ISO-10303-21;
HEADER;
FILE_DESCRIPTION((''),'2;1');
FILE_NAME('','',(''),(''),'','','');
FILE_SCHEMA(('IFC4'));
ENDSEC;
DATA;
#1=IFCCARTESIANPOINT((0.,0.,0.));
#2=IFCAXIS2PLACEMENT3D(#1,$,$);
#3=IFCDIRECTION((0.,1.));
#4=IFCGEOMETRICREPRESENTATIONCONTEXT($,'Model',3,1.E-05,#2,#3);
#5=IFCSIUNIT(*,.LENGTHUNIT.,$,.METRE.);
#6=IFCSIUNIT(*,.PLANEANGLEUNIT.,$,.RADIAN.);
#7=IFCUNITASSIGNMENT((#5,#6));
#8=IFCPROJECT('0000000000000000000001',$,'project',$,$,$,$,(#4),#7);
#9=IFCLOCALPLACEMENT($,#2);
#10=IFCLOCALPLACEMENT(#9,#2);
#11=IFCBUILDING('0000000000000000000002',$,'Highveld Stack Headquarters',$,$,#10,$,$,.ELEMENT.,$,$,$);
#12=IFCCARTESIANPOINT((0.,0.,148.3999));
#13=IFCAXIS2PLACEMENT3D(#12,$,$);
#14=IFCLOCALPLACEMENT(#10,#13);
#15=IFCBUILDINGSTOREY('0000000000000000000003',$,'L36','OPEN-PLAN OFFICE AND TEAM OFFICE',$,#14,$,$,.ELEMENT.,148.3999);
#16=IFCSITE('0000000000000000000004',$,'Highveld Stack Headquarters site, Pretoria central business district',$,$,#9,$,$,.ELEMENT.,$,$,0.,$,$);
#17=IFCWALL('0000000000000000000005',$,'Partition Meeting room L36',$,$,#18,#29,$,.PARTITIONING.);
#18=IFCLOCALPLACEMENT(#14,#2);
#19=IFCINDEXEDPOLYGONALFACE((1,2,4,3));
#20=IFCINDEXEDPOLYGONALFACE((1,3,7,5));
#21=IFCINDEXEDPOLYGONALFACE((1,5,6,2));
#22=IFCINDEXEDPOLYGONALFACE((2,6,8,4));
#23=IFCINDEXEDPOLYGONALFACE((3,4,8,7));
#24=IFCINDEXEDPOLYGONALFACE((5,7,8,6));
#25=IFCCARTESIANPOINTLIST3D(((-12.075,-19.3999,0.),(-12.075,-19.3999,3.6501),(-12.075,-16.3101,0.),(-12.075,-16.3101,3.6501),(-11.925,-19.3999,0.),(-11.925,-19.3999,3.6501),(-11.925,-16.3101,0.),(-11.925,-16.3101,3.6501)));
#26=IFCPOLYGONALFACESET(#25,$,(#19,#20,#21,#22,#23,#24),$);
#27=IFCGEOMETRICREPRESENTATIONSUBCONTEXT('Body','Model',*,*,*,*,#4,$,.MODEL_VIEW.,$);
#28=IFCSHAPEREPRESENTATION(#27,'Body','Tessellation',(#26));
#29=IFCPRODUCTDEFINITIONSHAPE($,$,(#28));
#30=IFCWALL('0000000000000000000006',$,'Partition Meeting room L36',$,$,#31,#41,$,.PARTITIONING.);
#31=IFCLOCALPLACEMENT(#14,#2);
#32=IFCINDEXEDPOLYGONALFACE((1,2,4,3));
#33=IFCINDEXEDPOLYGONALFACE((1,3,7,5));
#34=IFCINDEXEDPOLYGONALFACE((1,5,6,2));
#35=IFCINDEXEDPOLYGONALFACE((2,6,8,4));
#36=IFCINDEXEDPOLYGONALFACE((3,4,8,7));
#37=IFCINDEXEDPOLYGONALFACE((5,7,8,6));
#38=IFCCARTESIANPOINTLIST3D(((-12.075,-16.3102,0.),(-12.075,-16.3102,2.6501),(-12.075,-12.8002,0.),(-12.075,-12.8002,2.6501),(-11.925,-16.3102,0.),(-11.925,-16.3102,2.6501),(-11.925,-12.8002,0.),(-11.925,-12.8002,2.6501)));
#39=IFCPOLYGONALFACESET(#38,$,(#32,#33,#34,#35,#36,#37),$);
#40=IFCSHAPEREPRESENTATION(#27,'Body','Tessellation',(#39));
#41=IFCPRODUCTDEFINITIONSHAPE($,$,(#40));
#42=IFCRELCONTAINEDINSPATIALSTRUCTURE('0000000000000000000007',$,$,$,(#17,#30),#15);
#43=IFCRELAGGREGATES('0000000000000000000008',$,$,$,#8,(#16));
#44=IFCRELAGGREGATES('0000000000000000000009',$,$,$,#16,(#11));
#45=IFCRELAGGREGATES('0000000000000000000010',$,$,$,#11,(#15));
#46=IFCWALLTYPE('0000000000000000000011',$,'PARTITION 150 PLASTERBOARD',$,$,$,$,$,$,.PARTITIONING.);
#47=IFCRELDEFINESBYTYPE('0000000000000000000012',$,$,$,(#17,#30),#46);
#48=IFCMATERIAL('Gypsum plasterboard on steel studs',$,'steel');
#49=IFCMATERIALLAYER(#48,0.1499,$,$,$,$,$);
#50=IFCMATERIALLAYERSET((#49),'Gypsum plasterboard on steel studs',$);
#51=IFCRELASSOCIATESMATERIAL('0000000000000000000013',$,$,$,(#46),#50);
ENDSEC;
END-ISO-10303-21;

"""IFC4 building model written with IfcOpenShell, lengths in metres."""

from ifc_helpers import new_model, si_unit, direction, frame, frame_2d, origin, place, context, subcontext, project, spatial, rectangle, extrude, material, layer, layer_set, type_object, element, save


model = new_model("IFC4")

# Units and contexts
model_context = context("Model", 3, precision=1e-05, world=origin(), true_north=direction((0.0, 1.0)))
body_context = subcontext(model_context, "Body", "Model", "MODEL_VIEW")
ifc_project = project(units=[si_unit("LENGTHUNIT", "METRE"), si_unit("PLANEANGLEUNIT", "RADIAN")], contexts=[model_context])

# Site, building, storey
site_placement = place(None, origin())
site = spatial("IfcSite", under=ifc_project, at=site_placement, Name="Highveld Stack Headquarters site, Pretoria central business district", CompositionType="ELEMENT", RefElevation=0.0)
building_placement = place(site_placement, origin())
building = spatial("IfcBuilding", under=site, at=building_placement, Name="Highveld Stack Headquarters", CompositionType="ELEMENT")
storey_placement = place(building_placement, frame((0.0, 0.0, 148.3999)))
storey = spatial("IfcBuildingStorey", under=building, at=storey_placement, Name="L36", Description="OPEN-PLAN OFFICE AND TEAM OFFICE", CompositionType="ELEMENT", Elevation=148.3999)

# Walls
ifc_material_1 = material(Name="Gypsum plasterboard on steel studs", Category="steel")
ifc_layer_1 = layer(ifc_material_1, 0.1499)
ifc_layer_set_1 = layer_set([ifc_layer_1], Name="Gypsum plasterboard on steel studs")
wall_type_1 = type_object("IfcWallType", Name="PARTITION 150 PLASTERBOARD", PredefinedType="PARTITIONING", material=ifc_layer_set_1)
wall_1_placement = place(storey_placement, frame((-12.0, -19.3999, 0.0), z_axis=(0.0, 0.0, 1.0), x_axis=(0.0, 1.0, 0.0)))
element("IfcWall", 1, at=wall_1_placement, inside=storey, type_object=wall_type_1, Name="Partition Meeting room L36", PredefinedType="PARTITIONING", context=body_context, shape_type="SweptSolid", body=[
    extrude(rectangle(XDim=3.0898, YDim=0.1499, at=frame_2d((1.5449, 0.0))), origin(), (0.0, 0.0, 1.0), 3.6501),
])
wall_2_placement = place(storey_placement, frame((-12.0, -16.3101, 0.0), z_axis=(0.0, 0.0, 1.0), x_axis=(0.0, 1.0, 0.0)))
element("IfcWall", 2, at=wall_2_placement, inside=storey, type_object=wall_type_1, Name="Partition Meeting room L36", PredefinedType="PARTITIONING", context=body_context, shape_type="SweptSolid", body=[
    extrude(rectangle(XDim=3.51, YDim=0.1499, at=frame_2d((1.7549, 0.0))), origin(), (0.0, 0.0, 1.0), 2.6501),
])

save(model, "model.ifc")
